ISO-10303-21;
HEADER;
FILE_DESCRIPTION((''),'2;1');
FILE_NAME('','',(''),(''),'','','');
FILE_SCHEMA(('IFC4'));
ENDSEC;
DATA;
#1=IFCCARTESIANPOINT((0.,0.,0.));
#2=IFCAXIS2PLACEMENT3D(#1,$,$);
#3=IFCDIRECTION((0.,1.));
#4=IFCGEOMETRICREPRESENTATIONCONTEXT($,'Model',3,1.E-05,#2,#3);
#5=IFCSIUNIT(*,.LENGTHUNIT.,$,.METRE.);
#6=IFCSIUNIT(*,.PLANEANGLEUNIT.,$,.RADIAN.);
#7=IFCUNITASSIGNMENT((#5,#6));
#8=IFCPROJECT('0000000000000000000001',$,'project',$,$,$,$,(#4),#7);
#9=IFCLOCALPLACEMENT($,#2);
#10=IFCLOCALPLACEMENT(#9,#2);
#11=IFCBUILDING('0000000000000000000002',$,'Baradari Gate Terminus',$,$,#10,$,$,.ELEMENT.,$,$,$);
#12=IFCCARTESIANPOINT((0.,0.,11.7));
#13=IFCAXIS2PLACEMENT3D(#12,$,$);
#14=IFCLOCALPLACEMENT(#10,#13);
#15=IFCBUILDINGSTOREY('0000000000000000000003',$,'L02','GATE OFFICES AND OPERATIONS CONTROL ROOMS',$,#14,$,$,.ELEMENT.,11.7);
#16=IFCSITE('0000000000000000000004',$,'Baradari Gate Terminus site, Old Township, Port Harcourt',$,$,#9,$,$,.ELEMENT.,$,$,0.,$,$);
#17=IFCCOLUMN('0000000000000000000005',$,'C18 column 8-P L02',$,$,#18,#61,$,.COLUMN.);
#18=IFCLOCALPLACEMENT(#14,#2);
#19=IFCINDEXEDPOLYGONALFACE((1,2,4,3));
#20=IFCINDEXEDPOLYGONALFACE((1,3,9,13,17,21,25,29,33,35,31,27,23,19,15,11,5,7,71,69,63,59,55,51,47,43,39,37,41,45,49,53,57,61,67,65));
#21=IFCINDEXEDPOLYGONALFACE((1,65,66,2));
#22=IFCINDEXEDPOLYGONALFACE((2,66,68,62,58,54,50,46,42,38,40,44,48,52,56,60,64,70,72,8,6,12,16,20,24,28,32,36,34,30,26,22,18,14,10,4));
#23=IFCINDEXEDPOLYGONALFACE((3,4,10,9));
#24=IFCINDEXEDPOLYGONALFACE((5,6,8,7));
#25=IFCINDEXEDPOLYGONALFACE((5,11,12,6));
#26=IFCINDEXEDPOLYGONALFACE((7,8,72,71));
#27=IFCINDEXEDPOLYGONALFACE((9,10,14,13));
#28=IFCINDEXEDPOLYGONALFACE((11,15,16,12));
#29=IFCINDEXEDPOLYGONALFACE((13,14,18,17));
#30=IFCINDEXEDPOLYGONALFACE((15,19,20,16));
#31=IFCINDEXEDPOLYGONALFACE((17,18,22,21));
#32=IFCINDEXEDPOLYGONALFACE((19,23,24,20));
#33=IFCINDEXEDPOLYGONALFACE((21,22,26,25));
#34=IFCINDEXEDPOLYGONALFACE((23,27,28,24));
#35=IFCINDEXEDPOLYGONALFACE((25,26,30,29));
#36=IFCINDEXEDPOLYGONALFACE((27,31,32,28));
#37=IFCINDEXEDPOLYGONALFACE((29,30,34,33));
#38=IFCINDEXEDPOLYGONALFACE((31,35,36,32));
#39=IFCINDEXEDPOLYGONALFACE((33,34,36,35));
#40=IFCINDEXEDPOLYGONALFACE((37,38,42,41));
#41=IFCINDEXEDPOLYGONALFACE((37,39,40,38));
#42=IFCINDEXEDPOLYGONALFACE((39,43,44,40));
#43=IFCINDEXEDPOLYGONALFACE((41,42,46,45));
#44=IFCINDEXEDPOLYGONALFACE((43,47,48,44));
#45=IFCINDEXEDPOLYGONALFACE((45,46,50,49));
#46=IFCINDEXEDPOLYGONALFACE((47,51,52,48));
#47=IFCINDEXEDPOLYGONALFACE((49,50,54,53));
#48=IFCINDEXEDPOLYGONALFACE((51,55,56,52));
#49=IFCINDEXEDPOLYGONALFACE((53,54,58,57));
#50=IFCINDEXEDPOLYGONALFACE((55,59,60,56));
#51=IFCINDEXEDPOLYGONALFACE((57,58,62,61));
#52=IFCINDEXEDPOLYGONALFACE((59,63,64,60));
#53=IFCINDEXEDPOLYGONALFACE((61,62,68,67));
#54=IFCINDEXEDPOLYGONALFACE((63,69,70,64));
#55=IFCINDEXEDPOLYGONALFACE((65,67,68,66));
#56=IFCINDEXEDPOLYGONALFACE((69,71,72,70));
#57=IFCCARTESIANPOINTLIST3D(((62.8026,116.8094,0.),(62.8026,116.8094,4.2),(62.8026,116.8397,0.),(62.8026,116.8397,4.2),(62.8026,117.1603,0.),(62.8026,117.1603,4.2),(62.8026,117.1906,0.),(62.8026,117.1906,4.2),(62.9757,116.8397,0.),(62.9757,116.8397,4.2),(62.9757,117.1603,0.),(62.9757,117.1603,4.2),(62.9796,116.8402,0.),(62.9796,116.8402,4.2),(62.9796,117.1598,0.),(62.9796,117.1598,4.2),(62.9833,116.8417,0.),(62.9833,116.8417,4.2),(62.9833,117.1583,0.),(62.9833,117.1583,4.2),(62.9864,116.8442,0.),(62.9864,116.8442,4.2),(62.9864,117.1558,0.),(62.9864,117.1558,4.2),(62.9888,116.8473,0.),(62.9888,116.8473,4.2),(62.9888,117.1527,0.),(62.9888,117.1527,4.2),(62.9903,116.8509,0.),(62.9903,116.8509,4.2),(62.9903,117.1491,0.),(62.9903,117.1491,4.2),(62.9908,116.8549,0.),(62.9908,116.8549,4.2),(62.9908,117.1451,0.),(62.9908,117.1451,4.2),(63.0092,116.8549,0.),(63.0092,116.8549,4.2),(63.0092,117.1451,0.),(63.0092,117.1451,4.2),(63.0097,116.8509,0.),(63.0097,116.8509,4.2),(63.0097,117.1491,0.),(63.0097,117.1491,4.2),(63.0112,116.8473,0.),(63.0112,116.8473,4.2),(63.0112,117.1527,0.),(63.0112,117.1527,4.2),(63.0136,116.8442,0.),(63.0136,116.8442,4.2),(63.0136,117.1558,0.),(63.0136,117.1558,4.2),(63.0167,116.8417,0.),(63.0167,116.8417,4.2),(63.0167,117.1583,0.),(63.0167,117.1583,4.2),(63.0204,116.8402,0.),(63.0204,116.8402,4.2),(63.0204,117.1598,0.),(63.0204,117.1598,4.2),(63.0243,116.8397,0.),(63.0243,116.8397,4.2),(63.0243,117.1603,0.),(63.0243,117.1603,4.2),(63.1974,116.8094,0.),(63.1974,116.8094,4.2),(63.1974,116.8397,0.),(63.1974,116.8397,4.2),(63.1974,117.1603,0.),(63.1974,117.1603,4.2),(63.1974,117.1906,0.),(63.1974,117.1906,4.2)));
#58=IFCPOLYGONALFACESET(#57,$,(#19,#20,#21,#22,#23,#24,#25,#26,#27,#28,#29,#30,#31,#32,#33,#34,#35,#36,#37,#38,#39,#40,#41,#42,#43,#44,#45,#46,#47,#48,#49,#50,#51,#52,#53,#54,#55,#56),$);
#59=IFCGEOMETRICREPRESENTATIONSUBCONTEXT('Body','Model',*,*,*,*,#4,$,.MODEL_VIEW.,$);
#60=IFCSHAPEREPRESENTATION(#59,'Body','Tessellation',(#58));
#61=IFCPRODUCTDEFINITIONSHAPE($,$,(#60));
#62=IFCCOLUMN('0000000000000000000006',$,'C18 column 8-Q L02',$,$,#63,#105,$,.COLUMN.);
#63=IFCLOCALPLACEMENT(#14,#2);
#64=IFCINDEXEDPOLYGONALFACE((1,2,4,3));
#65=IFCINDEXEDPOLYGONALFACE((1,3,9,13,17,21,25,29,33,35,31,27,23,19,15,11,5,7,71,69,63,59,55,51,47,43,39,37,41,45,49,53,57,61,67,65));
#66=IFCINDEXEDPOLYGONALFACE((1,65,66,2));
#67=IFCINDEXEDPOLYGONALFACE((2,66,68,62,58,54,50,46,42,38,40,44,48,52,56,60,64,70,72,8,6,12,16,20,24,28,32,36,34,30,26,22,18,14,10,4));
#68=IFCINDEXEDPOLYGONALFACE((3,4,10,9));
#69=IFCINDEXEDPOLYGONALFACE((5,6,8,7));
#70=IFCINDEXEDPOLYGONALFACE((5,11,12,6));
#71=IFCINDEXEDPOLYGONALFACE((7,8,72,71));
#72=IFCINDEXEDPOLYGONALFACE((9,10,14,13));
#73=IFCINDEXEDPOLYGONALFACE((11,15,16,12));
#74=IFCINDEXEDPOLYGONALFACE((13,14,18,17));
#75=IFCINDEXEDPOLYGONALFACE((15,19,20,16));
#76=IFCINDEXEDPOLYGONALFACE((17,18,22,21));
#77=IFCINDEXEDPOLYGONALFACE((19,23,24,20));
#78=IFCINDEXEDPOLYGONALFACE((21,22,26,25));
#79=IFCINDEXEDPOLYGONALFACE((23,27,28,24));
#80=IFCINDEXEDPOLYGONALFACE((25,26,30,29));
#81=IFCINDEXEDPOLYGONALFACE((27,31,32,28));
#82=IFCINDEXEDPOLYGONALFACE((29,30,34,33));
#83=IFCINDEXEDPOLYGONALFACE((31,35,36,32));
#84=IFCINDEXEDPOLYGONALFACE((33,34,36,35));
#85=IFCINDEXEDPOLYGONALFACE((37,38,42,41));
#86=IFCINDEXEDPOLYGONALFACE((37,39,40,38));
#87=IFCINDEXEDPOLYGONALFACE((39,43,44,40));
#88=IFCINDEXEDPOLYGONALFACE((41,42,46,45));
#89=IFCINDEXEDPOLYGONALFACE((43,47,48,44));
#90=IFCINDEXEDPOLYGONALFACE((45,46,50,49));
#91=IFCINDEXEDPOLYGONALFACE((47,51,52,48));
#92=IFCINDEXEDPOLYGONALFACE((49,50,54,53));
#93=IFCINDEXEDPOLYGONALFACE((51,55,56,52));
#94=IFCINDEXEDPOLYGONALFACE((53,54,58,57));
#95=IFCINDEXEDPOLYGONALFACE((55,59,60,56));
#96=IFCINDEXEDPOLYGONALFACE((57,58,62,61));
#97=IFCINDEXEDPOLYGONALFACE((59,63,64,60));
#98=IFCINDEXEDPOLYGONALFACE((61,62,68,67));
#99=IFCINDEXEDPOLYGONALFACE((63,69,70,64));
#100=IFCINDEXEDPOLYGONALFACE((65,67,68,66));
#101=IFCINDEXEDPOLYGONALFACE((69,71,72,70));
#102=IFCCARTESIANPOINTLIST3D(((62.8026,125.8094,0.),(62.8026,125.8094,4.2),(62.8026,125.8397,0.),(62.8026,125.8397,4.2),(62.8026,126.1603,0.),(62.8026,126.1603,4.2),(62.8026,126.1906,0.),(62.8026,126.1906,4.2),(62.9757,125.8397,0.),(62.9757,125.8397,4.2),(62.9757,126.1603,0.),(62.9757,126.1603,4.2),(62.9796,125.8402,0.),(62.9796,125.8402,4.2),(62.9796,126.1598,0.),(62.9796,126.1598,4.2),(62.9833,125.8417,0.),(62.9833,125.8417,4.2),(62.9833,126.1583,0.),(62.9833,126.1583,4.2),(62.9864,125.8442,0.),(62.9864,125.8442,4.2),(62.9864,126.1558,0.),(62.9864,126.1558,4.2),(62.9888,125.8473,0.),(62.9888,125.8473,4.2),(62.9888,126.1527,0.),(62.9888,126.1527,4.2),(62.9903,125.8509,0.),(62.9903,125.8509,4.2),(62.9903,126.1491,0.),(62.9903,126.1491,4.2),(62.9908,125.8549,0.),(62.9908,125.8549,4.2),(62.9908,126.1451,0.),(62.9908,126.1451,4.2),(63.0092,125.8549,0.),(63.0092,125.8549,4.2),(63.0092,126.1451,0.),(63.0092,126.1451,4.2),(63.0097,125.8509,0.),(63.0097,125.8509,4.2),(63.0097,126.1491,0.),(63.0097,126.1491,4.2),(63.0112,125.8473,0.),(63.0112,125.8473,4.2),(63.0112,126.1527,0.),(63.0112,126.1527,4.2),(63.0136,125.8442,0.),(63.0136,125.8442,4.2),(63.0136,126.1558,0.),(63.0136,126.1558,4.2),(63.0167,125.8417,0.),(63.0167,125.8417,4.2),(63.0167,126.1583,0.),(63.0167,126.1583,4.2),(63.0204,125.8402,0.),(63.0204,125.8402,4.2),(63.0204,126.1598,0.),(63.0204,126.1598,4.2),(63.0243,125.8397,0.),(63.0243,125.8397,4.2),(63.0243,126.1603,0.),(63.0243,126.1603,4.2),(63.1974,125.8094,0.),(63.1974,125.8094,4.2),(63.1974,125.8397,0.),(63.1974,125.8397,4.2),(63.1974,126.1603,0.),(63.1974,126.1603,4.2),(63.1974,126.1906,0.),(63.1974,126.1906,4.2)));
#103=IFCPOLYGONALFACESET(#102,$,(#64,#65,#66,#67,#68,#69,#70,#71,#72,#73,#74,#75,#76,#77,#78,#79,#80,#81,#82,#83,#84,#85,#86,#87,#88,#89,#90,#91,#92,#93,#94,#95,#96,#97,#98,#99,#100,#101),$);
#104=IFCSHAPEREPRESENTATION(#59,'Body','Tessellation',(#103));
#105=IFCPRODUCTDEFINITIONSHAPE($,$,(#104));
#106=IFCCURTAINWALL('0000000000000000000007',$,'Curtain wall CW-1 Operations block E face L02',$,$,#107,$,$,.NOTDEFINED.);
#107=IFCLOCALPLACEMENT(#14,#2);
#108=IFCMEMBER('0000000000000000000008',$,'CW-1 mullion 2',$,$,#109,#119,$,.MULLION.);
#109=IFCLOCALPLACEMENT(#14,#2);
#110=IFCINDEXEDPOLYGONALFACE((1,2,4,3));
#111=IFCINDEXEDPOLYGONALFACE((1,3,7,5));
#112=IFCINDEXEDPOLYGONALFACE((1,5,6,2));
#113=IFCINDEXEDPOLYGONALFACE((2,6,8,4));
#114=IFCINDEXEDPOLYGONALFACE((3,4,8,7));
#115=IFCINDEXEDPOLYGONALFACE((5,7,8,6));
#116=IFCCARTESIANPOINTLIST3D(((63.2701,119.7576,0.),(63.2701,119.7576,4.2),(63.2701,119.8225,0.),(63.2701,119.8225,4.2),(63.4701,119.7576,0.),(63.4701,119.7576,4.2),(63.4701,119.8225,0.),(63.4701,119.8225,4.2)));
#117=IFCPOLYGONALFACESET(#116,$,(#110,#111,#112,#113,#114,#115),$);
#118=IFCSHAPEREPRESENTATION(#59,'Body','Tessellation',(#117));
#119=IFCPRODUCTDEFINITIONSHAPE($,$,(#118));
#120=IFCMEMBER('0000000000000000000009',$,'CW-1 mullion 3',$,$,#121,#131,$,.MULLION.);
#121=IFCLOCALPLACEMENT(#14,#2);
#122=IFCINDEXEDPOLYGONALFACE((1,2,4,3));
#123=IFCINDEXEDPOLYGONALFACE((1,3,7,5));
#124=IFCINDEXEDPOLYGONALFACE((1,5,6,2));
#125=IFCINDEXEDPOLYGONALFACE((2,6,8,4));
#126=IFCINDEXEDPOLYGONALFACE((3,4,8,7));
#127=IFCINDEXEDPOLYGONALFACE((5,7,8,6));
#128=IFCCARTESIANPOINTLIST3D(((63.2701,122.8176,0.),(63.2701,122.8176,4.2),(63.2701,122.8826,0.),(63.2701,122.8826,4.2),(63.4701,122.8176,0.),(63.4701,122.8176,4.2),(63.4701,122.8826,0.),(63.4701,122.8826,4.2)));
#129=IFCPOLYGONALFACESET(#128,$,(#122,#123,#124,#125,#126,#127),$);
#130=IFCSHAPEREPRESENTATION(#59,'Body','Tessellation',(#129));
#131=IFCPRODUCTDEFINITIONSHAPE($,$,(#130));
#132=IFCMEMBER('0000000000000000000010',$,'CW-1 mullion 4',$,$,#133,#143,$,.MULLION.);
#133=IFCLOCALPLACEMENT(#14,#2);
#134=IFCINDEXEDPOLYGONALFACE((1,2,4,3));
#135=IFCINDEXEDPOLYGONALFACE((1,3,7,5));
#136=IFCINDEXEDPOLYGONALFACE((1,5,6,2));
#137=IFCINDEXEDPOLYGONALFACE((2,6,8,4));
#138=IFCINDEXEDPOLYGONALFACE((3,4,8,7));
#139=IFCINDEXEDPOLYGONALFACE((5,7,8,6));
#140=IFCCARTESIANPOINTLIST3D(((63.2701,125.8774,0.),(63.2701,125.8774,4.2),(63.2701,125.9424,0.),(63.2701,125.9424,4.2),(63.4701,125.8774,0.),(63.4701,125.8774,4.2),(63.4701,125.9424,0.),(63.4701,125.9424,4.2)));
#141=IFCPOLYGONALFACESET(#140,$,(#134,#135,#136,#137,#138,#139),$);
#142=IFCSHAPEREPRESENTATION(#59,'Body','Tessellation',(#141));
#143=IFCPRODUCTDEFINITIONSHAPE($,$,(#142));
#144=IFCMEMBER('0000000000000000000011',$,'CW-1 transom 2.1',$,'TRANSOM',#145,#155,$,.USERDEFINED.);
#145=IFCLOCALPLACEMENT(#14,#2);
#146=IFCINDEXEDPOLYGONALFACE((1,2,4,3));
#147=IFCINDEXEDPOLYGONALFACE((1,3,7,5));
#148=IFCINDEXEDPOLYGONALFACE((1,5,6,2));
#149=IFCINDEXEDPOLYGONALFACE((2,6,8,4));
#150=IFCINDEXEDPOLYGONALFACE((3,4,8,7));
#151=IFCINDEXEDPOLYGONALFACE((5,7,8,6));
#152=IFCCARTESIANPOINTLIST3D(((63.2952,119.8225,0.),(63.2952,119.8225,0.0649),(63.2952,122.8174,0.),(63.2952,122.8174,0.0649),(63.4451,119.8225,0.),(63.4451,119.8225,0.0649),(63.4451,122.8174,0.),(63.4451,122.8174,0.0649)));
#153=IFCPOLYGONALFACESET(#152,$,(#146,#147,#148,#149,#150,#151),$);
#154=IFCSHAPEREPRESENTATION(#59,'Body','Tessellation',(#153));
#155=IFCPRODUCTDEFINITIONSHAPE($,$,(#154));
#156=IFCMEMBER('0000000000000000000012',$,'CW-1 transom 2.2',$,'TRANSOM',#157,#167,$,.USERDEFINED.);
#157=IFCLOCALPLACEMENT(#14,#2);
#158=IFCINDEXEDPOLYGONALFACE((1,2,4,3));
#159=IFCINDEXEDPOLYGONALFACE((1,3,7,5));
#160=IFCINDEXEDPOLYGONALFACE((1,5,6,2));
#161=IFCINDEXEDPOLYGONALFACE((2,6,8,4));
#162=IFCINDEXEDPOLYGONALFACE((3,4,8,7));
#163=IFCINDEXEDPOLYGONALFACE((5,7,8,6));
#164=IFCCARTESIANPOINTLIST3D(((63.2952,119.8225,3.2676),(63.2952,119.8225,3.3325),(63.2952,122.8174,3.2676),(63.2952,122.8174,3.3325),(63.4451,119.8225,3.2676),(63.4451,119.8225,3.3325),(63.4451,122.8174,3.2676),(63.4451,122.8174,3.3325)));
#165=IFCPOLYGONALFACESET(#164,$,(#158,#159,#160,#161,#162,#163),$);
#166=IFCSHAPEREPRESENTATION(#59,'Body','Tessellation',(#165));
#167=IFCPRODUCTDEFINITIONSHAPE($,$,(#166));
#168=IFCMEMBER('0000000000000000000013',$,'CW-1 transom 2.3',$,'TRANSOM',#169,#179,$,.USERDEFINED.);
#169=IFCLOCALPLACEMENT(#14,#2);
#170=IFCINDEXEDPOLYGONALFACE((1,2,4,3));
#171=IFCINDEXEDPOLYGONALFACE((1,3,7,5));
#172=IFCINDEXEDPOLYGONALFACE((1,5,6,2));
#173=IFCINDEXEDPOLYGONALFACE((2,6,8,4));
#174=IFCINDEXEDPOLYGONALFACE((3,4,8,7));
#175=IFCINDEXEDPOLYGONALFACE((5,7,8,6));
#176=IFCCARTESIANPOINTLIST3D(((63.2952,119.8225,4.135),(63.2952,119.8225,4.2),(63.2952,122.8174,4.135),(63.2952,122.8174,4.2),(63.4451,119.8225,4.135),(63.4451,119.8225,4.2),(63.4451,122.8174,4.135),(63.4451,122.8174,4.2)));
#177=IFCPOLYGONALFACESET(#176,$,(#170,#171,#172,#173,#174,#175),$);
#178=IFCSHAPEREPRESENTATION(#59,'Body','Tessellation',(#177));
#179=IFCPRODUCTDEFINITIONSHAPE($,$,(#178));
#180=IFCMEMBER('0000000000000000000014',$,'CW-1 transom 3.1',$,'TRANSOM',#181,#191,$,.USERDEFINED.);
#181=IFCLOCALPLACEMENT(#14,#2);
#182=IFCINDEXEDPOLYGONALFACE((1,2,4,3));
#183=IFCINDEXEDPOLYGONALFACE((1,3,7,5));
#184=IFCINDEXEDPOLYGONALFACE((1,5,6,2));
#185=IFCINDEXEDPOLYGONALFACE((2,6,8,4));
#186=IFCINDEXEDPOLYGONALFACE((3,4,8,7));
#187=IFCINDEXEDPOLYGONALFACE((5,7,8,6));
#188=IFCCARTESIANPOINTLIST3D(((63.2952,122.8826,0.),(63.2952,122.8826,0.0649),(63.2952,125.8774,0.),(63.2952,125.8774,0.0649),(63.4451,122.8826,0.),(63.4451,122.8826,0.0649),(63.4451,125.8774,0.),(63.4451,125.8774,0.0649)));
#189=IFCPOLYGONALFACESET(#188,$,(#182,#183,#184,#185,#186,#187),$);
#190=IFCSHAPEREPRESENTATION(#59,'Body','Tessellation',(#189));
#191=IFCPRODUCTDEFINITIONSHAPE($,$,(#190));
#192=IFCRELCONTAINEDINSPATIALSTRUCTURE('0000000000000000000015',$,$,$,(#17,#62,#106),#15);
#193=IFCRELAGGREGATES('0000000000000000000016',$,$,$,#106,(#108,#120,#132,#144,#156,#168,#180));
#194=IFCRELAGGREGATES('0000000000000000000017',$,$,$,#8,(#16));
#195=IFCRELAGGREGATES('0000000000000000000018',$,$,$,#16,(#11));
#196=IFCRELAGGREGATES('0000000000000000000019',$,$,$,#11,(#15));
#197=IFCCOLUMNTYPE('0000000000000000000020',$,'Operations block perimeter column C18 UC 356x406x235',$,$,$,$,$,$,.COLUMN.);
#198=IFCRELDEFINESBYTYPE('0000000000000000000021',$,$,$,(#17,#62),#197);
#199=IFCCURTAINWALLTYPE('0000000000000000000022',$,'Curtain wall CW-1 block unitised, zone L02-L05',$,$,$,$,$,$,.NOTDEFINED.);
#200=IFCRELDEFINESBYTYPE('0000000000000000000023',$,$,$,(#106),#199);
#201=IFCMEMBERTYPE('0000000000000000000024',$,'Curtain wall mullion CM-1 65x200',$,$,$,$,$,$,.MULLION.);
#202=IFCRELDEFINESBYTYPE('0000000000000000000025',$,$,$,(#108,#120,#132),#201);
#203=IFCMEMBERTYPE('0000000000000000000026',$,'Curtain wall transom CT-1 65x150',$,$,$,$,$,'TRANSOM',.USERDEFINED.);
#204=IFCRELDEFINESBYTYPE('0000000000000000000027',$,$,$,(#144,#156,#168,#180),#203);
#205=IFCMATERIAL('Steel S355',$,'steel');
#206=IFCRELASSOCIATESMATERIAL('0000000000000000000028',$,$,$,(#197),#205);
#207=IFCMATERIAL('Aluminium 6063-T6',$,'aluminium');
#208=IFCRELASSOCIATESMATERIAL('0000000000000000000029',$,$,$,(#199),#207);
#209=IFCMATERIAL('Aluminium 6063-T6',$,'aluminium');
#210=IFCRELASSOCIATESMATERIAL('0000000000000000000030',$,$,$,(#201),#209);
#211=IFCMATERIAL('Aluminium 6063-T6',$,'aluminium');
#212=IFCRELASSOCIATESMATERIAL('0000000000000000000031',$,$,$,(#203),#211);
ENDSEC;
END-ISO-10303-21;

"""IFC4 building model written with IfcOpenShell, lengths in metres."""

from ifc_helpers import new_model, si_unit, direction, frame, origin, origin_2d, place, context, subcontext, project, spatial, rectangle, i_section, extrude, material, material_profile, profile_set, type_object, element, aggregate, save


model = new_model("IFC4")

# Units and contexts
model_context = context("Model", 3, precision=1e-05, world=origin(), true_north=direction((0.0, 1.0)))
body_context = subcontext(model_context, "Body", "Model", "MODEL_VIEW")
ifc_project = project(units=[si_unit("LENGTHUNIT", "METRE"), si_unit("PLANEANGLEUNIT", "RADIAN")], contexts=[model_context])

# Site, building, storey
site_placement = place(None, origin())
site = spatial("IfcSite", under=ifc_project, at=site_placement, Name="Baradari Gate Terminus site, Old Township, Port Harcourt", CompositionType="ELEMENT", RefElevation=0.0)
building_placement = place(site_placement, origin())
building = spatial("IfcBuilding", under=site, at=building_placement, Name="Baradari Gate Terminus", CompositionType="ELEMENT")
storey_placement = place(building_placement, frame((0.0, 0.0, 11.7)))
storey = spatial("IfcBuildingStorey", under=building, at=storey_placement, Name="L02", Description="GATE OFFICES AND OPERATIONS CONTROL ROOMS", CompositionType="ELEMENT", Elevation=11.7)

# Columns
ifc_material_1 = material(Name="Steel S355", Category="steel")
ifc_material_profile_1 = material_profile(ifc_material_1, i_section(OverallWidth=0.3948, OverallDepth=0.3811, WebThickness=0.0183, FlangeThickness=0.0303, FilletRadius=0.0151, at=origin_2d()), Name="UC 356x406x235")
ifc_profile_set_1 = profile_set([ifc_material_profile_1], Name="Steel S355")
column_type = type_object("IfcColumnType", Name="Operations block perimeter column C18 UC 356x406x235", PredefinedType="COLUMN", material=ifc_profile_set_1)
for number, where, z_axis, x_axis, name in (
    (1, (63.0, 117.0, 0.0), (0.0, 0.0, 1.0), (1.0, 0.0, 0.0), "C18 column 8-P L02"),
    (2, (63.0, 126.0, 0.0), (0.0, 0.0, 1.0), (1.0, 0.0, 0.0), "C18 column 8-Q L02"),
):
    element("IfcColumn", number, at=place(storey_placement, frame(where, z_axis=z_axis, x_axis=x_axis)), inside=storey, type_object=column_type, Name=name, PredefinedType="COLUMN", context=body_context, shape_type="SweptSolid", body=[
        extrude(i_section(OverallWidth=0.3948, OverallDepth=0.3811, WebThickness=0.0183, FlangeThickness=0.0303, FilletRadius=0.0151, at=origin_2d()), origin(), (0.0, 0.0, 1.0), 4.2),
    ])

# Curtain wall, members
ifc_material_2 = material(Name="Aluminium 6063-T6", Category="aluminium")
curtain_wall_type = type_object("IfcCurtainWallType", Name="Curtain wall CW-1 block unitised, zone L02-L05", PredefinedType="NOTDEFINED", material=ifc_material_2)
curtain_wall_placement = place(storey_placement, origin())
curtain_wall = element("IfcCurtainWall", 3, at=curtain_wall_placement, inside=storey, type_object=curtain_wall_type, Name="Curtain wall CW-1 Operations block E face L02", PredefinedType="NOTDEFINED")
ifc_material_3 = material(Name="Aluminium 6063-T6", Category="aluminium")
ifc_material_profile_2 = material_profile(ifc_material_3, rectangle(XDim=0.2, YDim=0.0649, at=origin_2d()), Name="CM-1 65X200")
ifc_profile_set_2 = profile_set([ifc_material_profile_2], Name="Aluminium 6063-T6")
member_type_1 = type_object("IfcMemberType", Name="Curtain wall mullion CM-1 65x200", PredefinedType="MULLION", material=ifc_profile_set_2)
member_1_placement = place(storey_placement, frame((63.3701, 119.79, 0.0), z_axis=(0.0, 0.0, 1.0), x_axis=(-1.0, 0.0, 0.0)))
member_1 = element("IfcMember", 4, at=member_1_placement, type_object=member_type_1, Name="CW-1 mullion 2", PredefinedType="MULLION", context=body_context, shape_type="SweptSolid", body=[
    extrude(rectangle(XDim=0.2, YDim=0.0649, at=origin_2d()), origin(), (0.0, 0.0, 1.0), 4.2),
])
member_2_placement = place(storey_placement, frame((63.3701, 122.8501, 0.0), z_axis=(0.0, 0.0, 1.0), x_axis=(-1.0, 0.0, 0.0)))
member_2 = element("IfcMember", 5, at=member_2_placement, type_object=member_type_1, Name="CW-1 mullion 3", PredefinedType="MULLION", context=body_context, shape_type="SweptSolid", body=[
    extrude(rectangle(XDim=0.2, YDim=0.0649, at=origin_2d()), origin(), (0.0, 0.0, 1.0), 4.2),
])
member_3_placement = place(storey_placement, frame((63.3701, 125.9099, 0.0), z_axis=(0.0, 0.0, 1.0), x_axis=(-1.0, 0.0, 0.0)))
member_3 = element("IfcMember", 6, at=member_3_placement, type_object=member_type_1, Name="CW-1 mullion 4", PredefinedType="MULLION", context=body_context, shape_type="SweptSolid", body=[
    extrude(rectangle(XDim=0.2, YDim=0.0649, at=origin_2d()), origin(), (0.0, 0.0, 1.0), 4.2),
])
ifc_material_4 = material(Name="Aluminium 6063-T6", Category="aluminium")
ifc_material_profile_3 = material_profile(ifc_material_4, rectangle(XDim=0.1499, YDim=0.0649, at=origin_2d()), Name="CT-1 65X150")
ifc_profile_set_3 = profile_set([ifc_material_profile_3], Name="Aluminium 6063-T6")
member_type_2 = type_object("IfcMemberType", Name="Curtain wall transom CT-1 65x150", ElementType="TRANSOM", PredefinedType="USERDEFINED", material=ifc_profile_set_3)
member_4_placement = place(storey_placement, frame((63.3701, 119.8225, 0.0325), z_axis=(0.0, 1.0, 0.0), x_axis=(-1.0, 0.0, 0.0)))
member_4 = element("IfcMember", 7, at=member_4_placement, type_object=member_type_2, Name="CW-1 transom 2.1", ObjectType="TRANSOM", PredefinedType="USERDEFINED", context=body_context, shape_type="SweptSolid", body=[
    extrude(rectangle(XDim=0.1499, YDim=0.0649, at=origin_2d()), origin(), (0.0, 0.0, 1.0), 2.9949),
])
member_5_placement = place(storey_placement, frame((63.3701, 119.8225, 3.3), z_axis=(0.0, 1.0, 0.0), x_axis=(-1.0, 0.0, 0.0)))
member_5 = element("IfcMember", 8, at=member_5_placement, type_object=member_type_2, Name="CW-1 transom 2.2", ObjectType="TRANSOM", PredefinedType="USERDEFINED", context=body_context, shape_type="SweptSolid", body=[
    extrude(rectangle(XDim=0.1499, YDim=0.0649, at=origin_2d()), origin(), (0.0, 0.0, 1.0), 2.9949),
])
member_6_placement = place(storey_placement, frame((63.3701, 119.8225, 4.1675), z_axis=(0.0, 1.0, 0.0), x_axis=(-1.0, 0.0, 0.0)))
member_6 = element("IfcMember", 9, at=member_6_placement, type_object=member_type_2, Name="CW-1 transom 2.3", ObjectType="TRANSOM", PredefinedType="USERDEFINED", context=body_context, shape_type="SweptSolid", body=[
    extrude(rectangle(XDim=0.1499, YDim=0.0649, at=origin_2d()), origin(), (0.0, 0.0, 1.0), 2.9949),
])
member_7_placement = place(storey_placement, frame((63.3701, 122.8826, 0.0325), z_axis=(0.0, 1.0, 0.0), x_axis=(-1.0, 0.0, 0.0)))
member_7 = element("IfcMember", 10, at=member_7_placement, type_object=member_type_2, Name="CW-1 transom 3.1", ObjectType="TRANSOM", PredefinedType="USERDEFINED", context=body_context, shape_type="SweptSolid", body=[
    extrude(rectangle(XDim=0.1499, YDim=0.0649, at=origin_2d()), origin(), (0.0, 0.0, 1.0), 2.9949),
])

aggregate(curtain_wall, [member_1, member_2, member_3, member_4, member_5, member_6, member_7])

save(model, "model.ifc")
